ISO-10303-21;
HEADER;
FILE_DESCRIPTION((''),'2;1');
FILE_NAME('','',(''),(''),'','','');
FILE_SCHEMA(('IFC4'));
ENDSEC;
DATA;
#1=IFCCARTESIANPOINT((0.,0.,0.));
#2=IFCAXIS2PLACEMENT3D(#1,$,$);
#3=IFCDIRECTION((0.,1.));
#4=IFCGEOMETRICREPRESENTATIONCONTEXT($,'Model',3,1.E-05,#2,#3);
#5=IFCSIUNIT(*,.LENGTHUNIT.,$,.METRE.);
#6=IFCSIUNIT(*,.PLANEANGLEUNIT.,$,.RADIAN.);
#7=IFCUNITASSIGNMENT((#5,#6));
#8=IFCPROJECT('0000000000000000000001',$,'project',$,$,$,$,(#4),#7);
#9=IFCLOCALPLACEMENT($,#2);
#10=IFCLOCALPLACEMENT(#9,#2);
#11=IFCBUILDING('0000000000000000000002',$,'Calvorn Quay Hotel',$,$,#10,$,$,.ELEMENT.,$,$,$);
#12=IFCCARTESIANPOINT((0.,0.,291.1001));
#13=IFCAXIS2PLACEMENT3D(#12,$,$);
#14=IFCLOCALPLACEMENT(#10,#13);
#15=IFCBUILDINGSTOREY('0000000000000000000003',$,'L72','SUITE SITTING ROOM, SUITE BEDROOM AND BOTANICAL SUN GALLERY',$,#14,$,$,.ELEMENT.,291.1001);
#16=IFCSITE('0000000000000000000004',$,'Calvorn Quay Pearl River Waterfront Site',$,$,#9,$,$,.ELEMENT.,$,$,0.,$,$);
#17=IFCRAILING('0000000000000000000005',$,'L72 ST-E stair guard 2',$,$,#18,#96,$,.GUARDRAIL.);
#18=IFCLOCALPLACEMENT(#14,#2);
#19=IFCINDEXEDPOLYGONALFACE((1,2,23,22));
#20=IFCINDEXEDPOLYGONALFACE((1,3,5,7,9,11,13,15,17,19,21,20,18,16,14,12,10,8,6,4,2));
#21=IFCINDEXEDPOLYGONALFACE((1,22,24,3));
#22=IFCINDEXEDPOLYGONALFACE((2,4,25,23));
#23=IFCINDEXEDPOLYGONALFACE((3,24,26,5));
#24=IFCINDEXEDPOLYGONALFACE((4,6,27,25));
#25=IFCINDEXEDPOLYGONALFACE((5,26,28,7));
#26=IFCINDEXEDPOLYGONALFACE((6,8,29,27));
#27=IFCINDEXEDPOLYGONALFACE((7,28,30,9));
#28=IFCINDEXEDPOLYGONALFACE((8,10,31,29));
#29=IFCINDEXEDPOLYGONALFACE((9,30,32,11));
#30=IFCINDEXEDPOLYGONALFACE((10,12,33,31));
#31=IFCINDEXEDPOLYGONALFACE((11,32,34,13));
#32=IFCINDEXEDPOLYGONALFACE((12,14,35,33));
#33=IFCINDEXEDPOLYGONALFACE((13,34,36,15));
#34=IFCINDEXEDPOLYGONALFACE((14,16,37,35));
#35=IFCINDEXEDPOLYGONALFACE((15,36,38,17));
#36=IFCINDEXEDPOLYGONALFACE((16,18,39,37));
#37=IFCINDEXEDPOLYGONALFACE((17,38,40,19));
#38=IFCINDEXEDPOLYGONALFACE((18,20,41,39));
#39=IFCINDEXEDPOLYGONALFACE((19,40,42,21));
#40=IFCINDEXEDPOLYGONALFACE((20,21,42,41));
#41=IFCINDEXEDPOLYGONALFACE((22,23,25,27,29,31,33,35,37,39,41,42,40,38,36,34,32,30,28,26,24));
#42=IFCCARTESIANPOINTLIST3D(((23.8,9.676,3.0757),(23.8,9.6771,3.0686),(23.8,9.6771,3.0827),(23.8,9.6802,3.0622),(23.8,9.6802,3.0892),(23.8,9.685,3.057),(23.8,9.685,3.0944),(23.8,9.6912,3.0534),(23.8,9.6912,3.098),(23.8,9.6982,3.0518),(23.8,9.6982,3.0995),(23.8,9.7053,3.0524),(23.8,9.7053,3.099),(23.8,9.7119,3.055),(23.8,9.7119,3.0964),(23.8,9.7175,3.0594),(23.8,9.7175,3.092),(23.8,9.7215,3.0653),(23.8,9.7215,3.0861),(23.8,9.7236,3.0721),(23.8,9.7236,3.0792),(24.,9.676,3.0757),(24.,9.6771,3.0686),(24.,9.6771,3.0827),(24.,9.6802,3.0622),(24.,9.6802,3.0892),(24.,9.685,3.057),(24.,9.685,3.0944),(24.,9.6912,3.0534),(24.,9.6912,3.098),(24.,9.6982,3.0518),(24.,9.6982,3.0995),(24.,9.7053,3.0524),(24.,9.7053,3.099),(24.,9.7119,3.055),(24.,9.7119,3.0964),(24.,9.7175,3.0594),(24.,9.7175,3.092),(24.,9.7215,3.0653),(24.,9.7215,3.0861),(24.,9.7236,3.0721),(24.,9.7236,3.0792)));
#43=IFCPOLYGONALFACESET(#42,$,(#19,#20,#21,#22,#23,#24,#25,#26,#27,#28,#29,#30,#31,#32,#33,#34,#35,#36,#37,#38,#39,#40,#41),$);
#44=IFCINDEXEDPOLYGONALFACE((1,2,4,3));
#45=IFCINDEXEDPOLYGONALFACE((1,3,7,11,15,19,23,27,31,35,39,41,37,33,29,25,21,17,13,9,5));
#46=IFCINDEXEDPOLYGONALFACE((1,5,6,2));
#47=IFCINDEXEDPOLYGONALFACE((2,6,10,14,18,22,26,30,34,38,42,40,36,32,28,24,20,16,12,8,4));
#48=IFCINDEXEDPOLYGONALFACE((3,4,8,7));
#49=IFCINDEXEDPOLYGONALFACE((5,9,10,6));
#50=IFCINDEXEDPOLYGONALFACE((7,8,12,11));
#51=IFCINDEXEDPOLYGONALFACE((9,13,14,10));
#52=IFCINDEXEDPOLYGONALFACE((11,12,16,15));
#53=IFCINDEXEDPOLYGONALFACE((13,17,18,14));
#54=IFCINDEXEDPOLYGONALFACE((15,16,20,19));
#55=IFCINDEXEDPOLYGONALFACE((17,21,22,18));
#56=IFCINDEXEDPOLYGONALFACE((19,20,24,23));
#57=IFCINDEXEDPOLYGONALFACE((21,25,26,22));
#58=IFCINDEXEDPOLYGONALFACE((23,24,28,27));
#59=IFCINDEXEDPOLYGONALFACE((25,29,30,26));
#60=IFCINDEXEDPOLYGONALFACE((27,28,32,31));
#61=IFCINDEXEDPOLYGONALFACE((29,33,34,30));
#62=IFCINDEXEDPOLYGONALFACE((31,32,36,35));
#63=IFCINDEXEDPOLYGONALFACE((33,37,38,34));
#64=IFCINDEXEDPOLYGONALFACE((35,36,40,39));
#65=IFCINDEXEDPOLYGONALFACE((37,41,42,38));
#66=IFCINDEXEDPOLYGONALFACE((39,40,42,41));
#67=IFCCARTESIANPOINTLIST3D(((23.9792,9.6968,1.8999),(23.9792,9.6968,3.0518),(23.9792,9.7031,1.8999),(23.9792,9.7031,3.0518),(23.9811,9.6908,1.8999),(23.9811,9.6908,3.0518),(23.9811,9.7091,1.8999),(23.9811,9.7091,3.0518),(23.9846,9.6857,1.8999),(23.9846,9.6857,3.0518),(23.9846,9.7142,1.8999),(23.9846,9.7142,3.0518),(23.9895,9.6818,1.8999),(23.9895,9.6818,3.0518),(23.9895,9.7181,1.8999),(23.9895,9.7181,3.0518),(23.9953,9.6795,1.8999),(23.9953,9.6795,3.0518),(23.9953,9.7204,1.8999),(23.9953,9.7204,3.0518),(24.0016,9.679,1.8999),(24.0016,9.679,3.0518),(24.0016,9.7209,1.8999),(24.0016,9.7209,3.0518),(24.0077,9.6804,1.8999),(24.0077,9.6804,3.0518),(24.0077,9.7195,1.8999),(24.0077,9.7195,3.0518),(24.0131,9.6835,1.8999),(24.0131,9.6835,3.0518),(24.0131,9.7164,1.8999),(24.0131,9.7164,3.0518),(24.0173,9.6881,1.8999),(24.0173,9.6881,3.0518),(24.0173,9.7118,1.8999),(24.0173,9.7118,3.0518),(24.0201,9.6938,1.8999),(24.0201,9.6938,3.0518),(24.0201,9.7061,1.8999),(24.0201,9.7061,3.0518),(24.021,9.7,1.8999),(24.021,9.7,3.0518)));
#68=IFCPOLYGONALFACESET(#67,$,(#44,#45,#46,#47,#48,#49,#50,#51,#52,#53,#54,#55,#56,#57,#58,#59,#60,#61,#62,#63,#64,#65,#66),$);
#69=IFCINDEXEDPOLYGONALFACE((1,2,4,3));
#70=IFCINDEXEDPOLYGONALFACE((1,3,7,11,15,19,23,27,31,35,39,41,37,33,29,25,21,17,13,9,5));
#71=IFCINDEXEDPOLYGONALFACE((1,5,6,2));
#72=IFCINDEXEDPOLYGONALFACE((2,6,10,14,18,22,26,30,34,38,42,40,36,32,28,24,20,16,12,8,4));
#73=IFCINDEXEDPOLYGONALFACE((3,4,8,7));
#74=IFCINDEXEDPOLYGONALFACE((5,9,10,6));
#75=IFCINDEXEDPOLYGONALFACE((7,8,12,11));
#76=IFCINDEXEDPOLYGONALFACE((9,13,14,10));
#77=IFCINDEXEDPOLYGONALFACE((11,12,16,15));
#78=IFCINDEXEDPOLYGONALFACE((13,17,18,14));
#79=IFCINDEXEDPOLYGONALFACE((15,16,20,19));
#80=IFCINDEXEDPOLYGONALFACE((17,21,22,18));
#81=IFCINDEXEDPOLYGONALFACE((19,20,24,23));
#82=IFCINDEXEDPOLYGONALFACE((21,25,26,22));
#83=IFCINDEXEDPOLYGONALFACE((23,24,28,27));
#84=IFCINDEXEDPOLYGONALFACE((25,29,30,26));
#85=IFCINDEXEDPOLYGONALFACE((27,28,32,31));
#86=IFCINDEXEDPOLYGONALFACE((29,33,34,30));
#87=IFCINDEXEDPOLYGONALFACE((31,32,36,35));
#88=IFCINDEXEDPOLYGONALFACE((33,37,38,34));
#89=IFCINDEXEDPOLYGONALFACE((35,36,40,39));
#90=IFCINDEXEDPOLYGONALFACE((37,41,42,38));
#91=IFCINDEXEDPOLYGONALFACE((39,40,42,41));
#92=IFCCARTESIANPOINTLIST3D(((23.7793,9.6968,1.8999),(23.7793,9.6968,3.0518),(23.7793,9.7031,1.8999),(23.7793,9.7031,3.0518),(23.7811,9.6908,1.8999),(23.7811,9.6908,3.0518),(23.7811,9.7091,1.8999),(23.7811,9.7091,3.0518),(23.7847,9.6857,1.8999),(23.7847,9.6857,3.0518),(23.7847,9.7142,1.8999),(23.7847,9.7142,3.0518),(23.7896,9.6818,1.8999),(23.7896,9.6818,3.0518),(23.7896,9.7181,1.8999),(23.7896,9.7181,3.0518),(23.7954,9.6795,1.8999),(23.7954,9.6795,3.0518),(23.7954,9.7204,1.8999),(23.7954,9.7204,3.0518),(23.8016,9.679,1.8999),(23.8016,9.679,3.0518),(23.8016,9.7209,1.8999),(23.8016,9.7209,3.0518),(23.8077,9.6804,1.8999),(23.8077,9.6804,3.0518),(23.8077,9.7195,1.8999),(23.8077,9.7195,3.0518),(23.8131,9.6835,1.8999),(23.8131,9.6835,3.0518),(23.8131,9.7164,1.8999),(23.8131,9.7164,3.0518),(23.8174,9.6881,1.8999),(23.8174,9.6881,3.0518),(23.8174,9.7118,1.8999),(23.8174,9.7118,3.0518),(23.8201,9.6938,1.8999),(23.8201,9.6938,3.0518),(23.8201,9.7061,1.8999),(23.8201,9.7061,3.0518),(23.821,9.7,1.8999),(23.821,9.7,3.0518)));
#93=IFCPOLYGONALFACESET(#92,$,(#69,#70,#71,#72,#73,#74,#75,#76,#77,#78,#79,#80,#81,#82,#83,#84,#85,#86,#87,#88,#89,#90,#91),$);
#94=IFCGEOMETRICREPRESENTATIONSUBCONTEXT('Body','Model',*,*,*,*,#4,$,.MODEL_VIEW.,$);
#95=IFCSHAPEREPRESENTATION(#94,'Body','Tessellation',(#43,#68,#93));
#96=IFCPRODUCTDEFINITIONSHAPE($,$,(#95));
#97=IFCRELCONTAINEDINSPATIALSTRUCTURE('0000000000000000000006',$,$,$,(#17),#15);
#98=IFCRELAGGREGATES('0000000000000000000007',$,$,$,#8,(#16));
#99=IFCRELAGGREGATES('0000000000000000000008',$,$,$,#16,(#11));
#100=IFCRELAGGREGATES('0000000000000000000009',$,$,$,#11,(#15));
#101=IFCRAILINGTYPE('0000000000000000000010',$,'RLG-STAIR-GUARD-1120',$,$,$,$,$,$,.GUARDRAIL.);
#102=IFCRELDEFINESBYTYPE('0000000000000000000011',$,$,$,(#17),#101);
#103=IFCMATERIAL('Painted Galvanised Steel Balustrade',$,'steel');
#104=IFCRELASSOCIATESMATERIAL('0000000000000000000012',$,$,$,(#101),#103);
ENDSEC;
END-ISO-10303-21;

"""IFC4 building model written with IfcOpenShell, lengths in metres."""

from ifc_helpers import new_model, si_unit, direction, frame, origin, origin_2d, place, context, subcontext, project, spatial, circle, extrude, material, type_object, element, save


model = new_model("IFC4")

# Units and contexts
model_context = context("Model", 3, precision=1e-05, world=origin(), true_north=direction((0.0, 1.0)))
body_context = subcontext(model_context, "Body", "Model", "MODEL_VIEW")
ifc_project = project(units=[si_unit("LENGTHUNIT", "METRE"), si_unit("PLANEANGLEUNIT", "RADIAN")], contexts=[model_context])

# Site, building, storey
site_placement = place(None, origin())
site = spatial("IfcSite", under=ifc_project, at=site_placement, Name="Calvorn Quay Pearl River Waterfront Site", CompositionType="ELEMENT", RefElevation=0.0)
building_placement = place(site_placement, origin())
building = spatial("IfcBuilding", under=site, at=building_placement, Name="Calvorn Quay Hotel", CompositionType="ELEMENT")
storey_placement = place(building_placement, frame((0.0, 0.0, 291.1001)))
storey = spatial("IfcBuildingStorey", under=building, at=storey_placement, Name="L72", Description="SUITE SITTING ROOM, SUITE BEDROOM AND BOTANICAL SUN GALLERY", CompositionType="ELEMENT", Elevation=291.1001)

# Railing
ifc_material_1 = material(Name="Painted Galvanised Steel Balustrade", Category="steel")
railing_type_1 = type_object("IfcRailingType", Name="RLG-STAIR-GUARD-1120", PredefinedType="GUARDRAIL", material=ifc_material_1)
railing_1_placement = place(storey_placement, frame((24.0, 9.7, 1.8999)))
element("IfcRailing", 1, at=railing_1_placement, inside=storey, type_object=railing_type_1, Name="L72 ST-E stair guard 2", PredefinedType="GUARDRAIL", context=body_context, shape_type="SweptSolid", body=[
    extrude(circle(Radius=0.0239, at=origin_2d()), frame((0.0, 0.0, 1.1758), z_axis=(-1.0, 0.0, 0.0), x_axis=(0.0, -1.0, 0.0)), (0.0, 0.0, 1.0), 0.2),
    extrude(circle(Radius=0.021, at=origin_2d()), origin(), (0.0, 0.0, 1.0), 1.1519),
    extrude(circle(Radius=0.021, at=origin_2d()), frame((-0.2, 0.0, 0.0)), (0.0, 0.0, 1.0), 1.1519),
])

save(model, "model.ifc")
